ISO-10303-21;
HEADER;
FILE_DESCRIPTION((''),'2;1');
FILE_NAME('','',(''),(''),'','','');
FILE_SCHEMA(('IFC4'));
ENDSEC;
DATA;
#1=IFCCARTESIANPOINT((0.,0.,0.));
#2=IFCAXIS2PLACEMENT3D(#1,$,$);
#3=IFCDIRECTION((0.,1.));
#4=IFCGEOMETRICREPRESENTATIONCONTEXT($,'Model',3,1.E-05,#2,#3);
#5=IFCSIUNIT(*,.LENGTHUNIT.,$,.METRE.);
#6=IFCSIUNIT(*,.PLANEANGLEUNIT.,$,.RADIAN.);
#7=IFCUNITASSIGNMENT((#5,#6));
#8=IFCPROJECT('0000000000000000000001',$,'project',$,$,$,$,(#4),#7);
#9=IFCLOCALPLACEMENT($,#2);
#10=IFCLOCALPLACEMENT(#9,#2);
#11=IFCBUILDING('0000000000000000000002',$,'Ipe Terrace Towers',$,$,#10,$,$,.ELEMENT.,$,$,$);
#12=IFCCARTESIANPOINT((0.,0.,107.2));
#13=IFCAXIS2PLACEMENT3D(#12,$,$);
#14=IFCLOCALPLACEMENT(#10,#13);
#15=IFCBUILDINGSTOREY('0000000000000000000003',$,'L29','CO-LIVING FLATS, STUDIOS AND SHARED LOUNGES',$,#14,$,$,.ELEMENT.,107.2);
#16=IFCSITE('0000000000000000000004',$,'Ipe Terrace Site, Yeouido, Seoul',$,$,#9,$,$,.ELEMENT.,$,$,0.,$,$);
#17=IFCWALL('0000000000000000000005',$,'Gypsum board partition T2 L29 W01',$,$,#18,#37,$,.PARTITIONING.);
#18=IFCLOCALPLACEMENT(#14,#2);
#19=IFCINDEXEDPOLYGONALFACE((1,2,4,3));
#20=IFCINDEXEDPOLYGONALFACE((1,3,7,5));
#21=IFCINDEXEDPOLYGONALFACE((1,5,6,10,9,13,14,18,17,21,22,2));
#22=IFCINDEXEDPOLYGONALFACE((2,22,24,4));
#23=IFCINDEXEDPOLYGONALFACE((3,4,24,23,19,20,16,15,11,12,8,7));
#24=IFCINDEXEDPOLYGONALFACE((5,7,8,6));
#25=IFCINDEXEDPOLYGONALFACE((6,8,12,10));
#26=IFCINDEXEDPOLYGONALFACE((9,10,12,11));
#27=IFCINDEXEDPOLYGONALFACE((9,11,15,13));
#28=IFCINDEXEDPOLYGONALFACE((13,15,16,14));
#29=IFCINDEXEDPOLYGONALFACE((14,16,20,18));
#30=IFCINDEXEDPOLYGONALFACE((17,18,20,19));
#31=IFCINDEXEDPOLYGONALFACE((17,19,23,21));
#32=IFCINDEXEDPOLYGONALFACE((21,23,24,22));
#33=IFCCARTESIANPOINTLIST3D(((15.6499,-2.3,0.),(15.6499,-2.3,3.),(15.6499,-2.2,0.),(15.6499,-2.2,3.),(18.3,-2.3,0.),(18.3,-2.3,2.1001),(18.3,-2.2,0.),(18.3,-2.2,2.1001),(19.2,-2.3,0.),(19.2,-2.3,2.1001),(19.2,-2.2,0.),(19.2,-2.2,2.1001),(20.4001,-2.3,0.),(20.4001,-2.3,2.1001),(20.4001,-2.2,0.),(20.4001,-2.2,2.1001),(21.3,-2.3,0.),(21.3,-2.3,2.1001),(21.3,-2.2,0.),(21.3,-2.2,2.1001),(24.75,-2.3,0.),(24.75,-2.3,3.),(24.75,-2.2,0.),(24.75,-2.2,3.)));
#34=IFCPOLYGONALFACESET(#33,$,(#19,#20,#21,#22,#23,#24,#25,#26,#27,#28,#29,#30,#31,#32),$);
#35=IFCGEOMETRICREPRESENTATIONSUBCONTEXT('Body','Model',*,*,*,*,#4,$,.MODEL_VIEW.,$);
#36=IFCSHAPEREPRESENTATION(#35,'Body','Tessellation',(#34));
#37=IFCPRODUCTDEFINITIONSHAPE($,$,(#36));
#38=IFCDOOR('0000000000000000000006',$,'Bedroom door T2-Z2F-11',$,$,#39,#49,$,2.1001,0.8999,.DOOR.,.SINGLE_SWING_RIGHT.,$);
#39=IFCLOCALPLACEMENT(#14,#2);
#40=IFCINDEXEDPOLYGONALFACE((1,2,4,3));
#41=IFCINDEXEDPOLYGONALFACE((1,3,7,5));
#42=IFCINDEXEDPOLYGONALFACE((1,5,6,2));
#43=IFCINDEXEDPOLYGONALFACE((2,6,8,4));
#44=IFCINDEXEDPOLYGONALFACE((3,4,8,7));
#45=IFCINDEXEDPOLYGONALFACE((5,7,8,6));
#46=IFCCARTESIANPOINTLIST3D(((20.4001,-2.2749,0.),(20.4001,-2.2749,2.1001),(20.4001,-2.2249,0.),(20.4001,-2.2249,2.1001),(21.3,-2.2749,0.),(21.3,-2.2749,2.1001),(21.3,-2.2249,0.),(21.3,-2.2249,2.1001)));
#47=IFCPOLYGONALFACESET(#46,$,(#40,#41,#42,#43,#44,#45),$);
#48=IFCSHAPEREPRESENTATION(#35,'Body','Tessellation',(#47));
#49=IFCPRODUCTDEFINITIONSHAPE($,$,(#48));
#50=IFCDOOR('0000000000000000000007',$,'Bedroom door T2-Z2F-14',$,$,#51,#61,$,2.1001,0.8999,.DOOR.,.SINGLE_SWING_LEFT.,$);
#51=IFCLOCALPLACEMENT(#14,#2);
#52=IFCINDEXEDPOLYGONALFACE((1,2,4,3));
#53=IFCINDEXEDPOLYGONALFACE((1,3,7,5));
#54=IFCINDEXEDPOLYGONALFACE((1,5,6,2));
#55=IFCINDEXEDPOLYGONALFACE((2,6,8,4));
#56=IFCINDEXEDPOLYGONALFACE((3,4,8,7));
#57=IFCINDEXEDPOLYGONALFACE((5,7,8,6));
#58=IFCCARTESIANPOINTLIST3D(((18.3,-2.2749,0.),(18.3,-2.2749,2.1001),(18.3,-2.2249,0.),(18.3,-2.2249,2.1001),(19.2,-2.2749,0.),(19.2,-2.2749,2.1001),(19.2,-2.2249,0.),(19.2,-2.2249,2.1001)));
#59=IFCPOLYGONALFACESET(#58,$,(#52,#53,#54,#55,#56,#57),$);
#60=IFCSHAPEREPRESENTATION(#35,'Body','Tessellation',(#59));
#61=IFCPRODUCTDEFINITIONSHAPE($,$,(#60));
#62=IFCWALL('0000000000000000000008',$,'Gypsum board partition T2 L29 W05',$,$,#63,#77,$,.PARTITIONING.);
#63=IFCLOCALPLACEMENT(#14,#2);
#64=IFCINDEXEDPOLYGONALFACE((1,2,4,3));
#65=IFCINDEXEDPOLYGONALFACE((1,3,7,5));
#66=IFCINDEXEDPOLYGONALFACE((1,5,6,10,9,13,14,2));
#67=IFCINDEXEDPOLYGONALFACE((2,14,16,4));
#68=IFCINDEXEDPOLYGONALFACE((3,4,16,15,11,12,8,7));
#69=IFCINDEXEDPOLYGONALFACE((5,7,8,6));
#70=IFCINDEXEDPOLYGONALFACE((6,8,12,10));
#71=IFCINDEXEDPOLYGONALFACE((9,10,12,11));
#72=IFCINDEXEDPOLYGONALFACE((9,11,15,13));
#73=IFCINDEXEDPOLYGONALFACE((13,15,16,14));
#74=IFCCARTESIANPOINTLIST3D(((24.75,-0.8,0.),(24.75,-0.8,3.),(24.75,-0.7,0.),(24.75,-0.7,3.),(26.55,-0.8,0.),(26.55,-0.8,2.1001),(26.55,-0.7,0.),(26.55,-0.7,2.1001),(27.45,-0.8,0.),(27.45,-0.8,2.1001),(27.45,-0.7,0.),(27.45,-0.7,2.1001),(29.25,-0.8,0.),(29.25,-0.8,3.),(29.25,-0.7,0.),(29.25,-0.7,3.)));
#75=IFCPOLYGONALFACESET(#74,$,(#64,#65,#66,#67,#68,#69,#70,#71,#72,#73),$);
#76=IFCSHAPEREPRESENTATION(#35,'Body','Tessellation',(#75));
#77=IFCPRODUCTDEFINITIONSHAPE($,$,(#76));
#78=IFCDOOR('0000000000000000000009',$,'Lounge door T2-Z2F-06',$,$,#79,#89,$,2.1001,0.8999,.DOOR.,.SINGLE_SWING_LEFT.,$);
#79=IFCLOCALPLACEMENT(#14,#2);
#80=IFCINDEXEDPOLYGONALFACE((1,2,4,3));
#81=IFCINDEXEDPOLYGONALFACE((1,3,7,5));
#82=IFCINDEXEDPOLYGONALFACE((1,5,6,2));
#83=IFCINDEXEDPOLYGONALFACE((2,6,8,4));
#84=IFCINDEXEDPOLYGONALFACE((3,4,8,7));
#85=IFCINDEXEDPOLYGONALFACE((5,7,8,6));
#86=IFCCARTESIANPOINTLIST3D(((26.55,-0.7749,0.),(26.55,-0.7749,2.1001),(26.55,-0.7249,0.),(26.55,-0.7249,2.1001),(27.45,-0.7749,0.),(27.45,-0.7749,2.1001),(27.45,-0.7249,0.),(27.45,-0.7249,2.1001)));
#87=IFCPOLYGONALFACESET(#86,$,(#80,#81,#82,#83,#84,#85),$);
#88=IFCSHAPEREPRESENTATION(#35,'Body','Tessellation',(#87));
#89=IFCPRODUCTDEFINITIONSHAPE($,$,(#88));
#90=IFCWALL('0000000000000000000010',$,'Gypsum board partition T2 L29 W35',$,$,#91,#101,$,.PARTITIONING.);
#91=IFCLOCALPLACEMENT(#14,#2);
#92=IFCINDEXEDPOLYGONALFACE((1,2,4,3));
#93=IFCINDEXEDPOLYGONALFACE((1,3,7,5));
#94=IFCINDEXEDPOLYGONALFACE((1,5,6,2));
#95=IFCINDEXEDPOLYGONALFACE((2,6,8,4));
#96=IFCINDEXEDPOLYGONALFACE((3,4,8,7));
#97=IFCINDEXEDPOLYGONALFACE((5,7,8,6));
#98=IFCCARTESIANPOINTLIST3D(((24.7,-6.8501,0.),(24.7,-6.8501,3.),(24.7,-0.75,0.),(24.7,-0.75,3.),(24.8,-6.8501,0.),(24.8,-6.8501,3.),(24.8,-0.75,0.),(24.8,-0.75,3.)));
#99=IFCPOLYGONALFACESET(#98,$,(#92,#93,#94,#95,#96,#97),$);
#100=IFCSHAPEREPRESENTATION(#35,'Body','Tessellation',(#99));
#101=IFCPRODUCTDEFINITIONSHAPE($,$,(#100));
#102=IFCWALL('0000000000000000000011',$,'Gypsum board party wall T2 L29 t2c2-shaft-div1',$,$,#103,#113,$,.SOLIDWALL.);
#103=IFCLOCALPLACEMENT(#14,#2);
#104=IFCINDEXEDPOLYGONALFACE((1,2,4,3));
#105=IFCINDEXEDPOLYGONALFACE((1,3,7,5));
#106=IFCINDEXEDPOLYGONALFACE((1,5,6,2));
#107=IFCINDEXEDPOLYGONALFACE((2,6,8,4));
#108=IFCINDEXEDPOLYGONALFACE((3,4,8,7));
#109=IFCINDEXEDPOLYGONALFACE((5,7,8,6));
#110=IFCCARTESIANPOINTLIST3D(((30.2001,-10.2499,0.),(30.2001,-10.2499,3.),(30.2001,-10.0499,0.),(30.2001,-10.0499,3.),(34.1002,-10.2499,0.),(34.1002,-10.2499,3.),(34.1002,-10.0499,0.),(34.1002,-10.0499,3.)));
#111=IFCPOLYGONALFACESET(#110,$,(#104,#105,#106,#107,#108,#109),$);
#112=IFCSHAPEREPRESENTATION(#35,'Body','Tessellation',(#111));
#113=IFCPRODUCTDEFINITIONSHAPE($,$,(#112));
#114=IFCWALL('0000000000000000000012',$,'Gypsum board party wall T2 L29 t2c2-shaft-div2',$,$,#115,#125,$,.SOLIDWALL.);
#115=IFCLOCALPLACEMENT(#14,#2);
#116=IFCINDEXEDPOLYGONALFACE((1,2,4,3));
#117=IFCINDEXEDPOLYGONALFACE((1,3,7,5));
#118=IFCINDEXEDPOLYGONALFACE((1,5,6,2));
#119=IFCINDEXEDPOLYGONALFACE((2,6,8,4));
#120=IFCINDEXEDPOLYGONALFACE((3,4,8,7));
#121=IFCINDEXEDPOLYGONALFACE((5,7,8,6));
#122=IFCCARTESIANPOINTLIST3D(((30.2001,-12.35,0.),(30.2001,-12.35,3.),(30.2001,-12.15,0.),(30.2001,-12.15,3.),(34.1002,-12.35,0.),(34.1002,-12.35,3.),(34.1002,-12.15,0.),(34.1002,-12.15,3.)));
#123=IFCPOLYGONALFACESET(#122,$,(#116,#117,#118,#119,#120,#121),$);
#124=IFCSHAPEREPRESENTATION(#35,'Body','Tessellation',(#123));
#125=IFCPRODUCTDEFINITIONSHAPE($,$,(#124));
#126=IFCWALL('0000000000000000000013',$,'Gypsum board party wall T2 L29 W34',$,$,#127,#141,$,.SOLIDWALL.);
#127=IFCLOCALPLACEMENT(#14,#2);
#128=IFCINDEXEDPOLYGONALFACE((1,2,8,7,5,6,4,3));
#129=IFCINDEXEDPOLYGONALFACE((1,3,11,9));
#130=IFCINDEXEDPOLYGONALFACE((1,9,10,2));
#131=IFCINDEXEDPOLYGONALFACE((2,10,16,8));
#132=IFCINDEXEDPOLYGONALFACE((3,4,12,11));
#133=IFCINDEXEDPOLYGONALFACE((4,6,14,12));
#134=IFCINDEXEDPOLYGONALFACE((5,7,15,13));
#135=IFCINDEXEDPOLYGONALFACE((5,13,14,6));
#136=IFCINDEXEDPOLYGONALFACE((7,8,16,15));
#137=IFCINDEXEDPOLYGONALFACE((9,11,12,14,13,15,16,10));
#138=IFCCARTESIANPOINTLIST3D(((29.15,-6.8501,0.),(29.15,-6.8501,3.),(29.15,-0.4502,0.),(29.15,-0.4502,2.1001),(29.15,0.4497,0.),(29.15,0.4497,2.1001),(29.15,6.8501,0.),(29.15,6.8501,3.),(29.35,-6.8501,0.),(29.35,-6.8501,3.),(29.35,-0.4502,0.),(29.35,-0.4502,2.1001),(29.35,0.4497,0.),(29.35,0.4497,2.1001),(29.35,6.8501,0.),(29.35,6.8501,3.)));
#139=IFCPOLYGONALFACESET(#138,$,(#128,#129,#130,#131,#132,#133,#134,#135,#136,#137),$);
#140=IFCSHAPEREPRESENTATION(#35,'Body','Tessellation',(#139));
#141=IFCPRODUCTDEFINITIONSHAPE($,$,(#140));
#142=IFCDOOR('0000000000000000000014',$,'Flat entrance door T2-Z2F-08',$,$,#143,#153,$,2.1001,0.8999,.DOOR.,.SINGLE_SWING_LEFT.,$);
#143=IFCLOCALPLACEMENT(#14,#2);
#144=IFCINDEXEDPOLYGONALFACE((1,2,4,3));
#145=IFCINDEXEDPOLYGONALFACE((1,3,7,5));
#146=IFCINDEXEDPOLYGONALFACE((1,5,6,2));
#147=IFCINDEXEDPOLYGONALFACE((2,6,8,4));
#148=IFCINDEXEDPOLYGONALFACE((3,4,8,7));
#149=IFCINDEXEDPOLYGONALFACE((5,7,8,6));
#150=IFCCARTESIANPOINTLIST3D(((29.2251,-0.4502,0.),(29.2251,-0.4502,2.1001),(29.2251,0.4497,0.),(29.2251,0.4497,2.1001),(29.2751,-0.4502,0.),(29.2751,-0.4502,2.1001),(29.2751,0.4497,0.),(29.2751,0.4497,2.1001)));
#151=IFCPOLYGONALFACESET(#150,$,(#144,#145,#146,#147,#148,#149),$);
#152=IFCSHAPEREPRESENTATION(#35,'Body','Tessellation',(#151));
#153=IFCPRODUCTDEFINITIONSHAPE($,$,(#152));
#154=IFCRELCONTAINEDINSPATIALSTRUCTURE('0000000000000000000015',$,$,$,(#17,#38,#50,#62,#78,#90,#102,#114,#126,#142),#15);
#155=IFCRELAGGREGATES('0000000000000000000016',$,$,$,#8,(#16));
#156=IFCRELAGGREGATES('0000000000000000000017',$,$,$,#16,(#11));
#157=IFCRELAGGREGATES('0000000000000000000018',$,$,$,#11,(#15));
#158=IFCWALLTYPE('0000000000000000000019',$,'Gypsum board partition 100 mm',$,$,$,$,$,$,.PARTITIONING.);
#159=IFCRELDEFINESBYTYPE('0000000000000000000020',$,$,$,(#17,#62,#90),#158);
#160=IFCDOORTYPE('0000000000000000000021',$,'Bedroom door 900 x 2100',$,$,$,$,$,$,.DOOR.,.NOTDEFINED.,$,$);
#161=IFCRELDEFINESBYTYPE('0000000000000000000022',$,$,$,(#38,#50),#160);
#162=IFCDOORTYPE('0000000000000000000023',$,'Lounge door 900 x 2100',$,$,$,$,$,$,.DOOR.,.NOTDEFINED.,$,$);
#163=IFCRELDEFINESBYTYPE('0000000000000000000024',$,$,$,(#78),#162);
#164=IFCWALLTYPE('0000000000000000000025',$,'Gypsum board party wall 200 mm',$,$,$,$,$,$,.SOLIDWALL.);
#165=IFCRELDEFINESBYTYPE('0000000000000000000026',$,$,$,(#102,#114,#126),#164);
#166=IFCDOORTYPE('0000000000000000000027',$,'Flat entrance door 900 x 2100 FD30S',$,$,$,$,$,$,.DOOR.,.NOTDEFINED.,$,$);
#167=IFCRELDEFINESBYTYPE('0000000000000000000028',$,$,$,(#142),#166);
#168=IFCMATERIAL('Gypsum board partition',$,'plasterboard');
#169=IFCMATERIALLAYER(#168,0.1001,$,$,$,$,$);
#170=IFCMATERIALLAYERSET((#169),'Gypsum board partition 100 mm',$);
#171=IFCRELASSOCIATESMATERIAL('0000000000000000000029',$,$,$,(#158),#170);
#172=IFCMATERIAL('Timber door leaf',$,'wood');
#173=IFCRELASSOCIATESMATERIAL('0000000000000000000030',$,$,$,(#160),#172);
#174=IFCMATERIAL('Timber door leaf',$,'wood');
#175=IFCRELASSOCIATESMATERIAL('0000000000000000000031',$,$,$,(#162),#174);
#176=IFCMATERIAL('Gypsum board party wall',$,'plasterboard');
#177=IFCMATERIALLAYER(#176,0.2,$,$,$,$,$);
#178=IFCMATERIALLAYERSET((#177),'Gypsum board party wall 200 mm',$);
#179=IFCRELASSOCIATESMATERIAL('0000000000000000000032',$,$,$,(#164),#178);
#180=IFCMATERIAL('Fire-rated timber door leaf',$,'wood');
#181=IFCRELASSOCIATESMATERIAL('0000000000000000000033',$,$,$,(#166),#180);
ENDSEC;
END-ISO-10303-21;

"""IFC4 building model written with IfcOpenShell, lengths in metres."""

from ifc_helpers import new_model, si_unit, direction, frame, frame_2d, origin, place, context, subcontext, project, spatial, rectangle, extrude, material, layer, layer_set, type_object, element, fill, save


model = new_model("IFC4")

# Units and contexts
model_context = context("Model", 3, precision=1e-05, world=origin(), true_north=direction((0.0, 1.0)))
body_context = subcontext(model_context, "Body", "Model", "MODEL_VIEW")
ifc_project = project(units=[si_unit("LENGTHUNIT", "METRE"), si_unit("PLANEANGLEUNIT", "RADIAN")], contexts=[model_context])

# Site, building, storey
site_placement = place(None, origin())
site = spatial("IfcSite", under=ifc_project, at=site_placement, Name="Ipe Terrace Site, Yeouido, Seoul", CompositionType="ELEMENT", RefElevation=0.0)
building_placement = place(site_placement, origin())
building = spatial("IfcBuilding", under=site, at=building_placement, Name="Ipe Terrace Towers", CompositionType="ELEMENT")
storey_placement = place(building_placement, frame((0.0, 0.0, 107.2)))
storey = spatial("IfcBuildingStorey", under=building, at=storey_placement, Name="L29", Description="CO-LIVING FLATS, STUDIOS AND SHARED LOUNGES", CompositionType="ELEMENT", Elevation=107.2)

# Wall, openings, doors
ifc_material_1 = material(Name="Gypsum board partition", Category="plasterboard")
ifc_layer_1 = layer(ifc_material_1, 0.1001)
ifc_layer_set_1 = layer_set([ifc_layer_1], Name="Gypsum board partition 100 mm")
wall_type_1 = type_object("IfcWallType", Name="Gypsum board partition 100 mm", PredefinedType="PARTITIONING", material=ifc_layer_set_1)
wall_1_placement = place(storey_placement, frame((24.75, -2.25, 0.0), z_axis=(0.0, 0.0, 1.0), x_axis=(-1.0, 0.0, 0.0)))
wall_1 = element("IfcWall", 1, at=wall_1_placement, inside=storey, type_object=wall_type_1, Name="Gypsum board partition T2 L29 W01", PredefinedType="PARTITIONING", context=body_context, shape_type="SweptSolid", body=[
    extrude(rectangle(XDim=9.1001, YDim=0.1001, at=frame_2d((4.55, 0.0))), origin(), (0.0, 0.0, 1.0), 3.0),
])
opening_1_placement = place(wall_1_placement, frame((3.45, 0.0, 0.0)))
opening_1 = element("IfcOpeningElement", 2, at=opening_1_placement, cuts=wall_1, PredefinedType="OPENING", context=body_context, shape_type="SweptSolid", body=[
    extrude(rectangle(XDim=0.8999, YDim=2.1001, at=frame_2d((0.45, 1.05))), frame((0.0, 0.0601, 0.0), z_axis=(0.0, -1.0, 0.0), x_axis=(1.0, 0.0, 0.0)), (0.0, 0.0, 1.0), 0.1201),
])
opening_2_placement = place(wall_1_placement, frame((5.55, 0.0, 0.0)))
opening_2 = element("IfcOpeningElement", 3, at=opening_2_placement, cuts=wall_1, PredefinedType="OPENING", context=body_context, shape_type="SweptSolid", body=[
    extrude(rectangle(XDim=0.8999, YDim=2.1001, at=frame_2d((0.45, 1.05))), frame((0.0, 0.0601, 0.0), z_axis=(0.0, -1.0, 0.0), x_axis=(1.0, 0.0, 0.0)), (0.0, 0.0, 1.0), 0.1201),
])
ifc_material_2 = material(Name="Timber door leaf", Category="wood")
door_type_1 = type_object("IfcDoorType", Name="Bedroom door 900 x 2100", OperationType="NOTDEFINED", PredefinedType="DOOR", material=ifc_material_2)
door_1_placement = place(opening_1_placement, origin())
door_1 = element("IfcDoor", 4, at=door_1_placement, inside=storey, type_object=door_type_1, Name="Bedroom door T2-Z2F-11", OperationType="SINGLE_SWING_RIGHT", OverallHeight=2.1001, OverallWidth=0.8999, PredefinedType="DOOR", context=body_context, shape_type="SweptSolid", body=[
    extrude(rectangle(XDim=0.8999, YDim=2.1001, at=frame_2d((0.45, 1.05))), frame((0.0, 0.0249, 0.0), z_axis=(0.0, -1.0, 0.0), x_axis=(1.0, 0.0, 0.0)), (0.0, 0.0, 1.0), 0.05),
])
fill(opening_1, door_1)
door_2_placement = place(opening_2_placement, origin())
door_2 = element("IfcDoor", 5, at=door_2_placement, inside=storey, type_object=door_type_1, Name="Bedroom door T2-Z2F-14", OperationType="SINGLE_SWING_LEFT", OverallHeight=2.1001, OverallWidth=0.8999, PredefinedType="DOOR", context=body_context, shape_type="SweptSolid", body=[
    extrude(rectangle(XDim=0.8999, YDim=2.1001, at=frame_2d((0.45, 1.05))), frame((0.0, 0.0249, 0.0), z_axis=(0.0, -1.0, 0.0), x_axis=(1.0, 0.0, 0.0)), (0.0, 0.0, 1.0), 0.05),
])
fill(opening_2, door_2)

# Wall, opening, door
wall_2_placement = place(storey_placement, frame((29.25, -0.75, 0.0), z_axis=(0.0, 0.0, 1.0), x_axis=(-1.0, 0.0, 0.0)))
wall_2 = element("IfcWall", 6, at=wall_2_placement, inside=storey, type_object=wall_type_1, Name="Gypsum board partition T2 L29 W05", PredefinedType="PARTITIONING", context=body_context, shape_type="SweptSolid", body=[
    extrude(rectangle(XDim=4.5, YDim=0.1001, at=frame_2d((2.25, 0.0))), origin(), (0.0, 0.0, 1.0), 3.0),
])
opening_3_placement = place(wall_2_placement, frame((1.8, 0.0, 0.0)))
opening_3 = element("IfcOpeningElement", 7, at=opening_3_placement, cuts=wall_2, PredefinedType="OPENING", context=body_context, shape_type="SweptSolid", body=[
    extrude(rectangle(XDim=0.8999, YDim=2.1001, at=frame_2d((0.45, 1.05))), frame((0.0, 0.0601, 0.0), z_axis=(0.0, -1.0, 0.0), x_axis=(1.0, 0.0, 0.0)), (0.0, 0.0, 1.0), 0.1201),
])
ifc_material_3 = material(Name="Timber door leaf", Category="wood")
door_type_2 = type_object("IfcDoorType", Name="Lounge door 900 x 2100", OperationType="NOTDEFINED", PredefinedType="DOOR", material=ifc_material_3)
door_3_placement = place(opening_3_placement, origin())
door_3 = element("IfcDoor", 8, at=door_3_placement, inside=storey, type_object=door_type_2, Name="Lounge door T2-Z2F-06", OperationType="SINGLE_SWING_LEFT", OverallHeight=2.1001, OverallWidth=0.8999, PredefinedType="DOOR", context=body_context, shape_type="SweptSolid", body=[
    extrude(rectangle(XDim=0.8999, YDim=2.1001, at=frame_2d((0.45, 1.05))), frame((0.0, 0.0249, 0.0), z_axis=(0.0, -1.0, 0.0), x_axis=(1.0, 0.0, 0.0)), (0.0, 0.0, 1.0), 0.05),
])
fill(opening_3, door_3)

# Walls
wall_3_placement = place(storey_placement, frame((24.75, -6.8501, 0.0), z_axis=(0.0, 0.0, 1.0), x_axis=(0.0, 1.0, 0.0)))
element("IfcWall", 9, at=wall_3_placement, inside=storey, type_object=wall_type_1, Name="Gypsum board partition T2 L29 W35", PredefinedType="PARTITIONING", context=body_context, shape_type="SweptSolid", body=[
    extrude(rectangle(XDim=6.1001, YDim=0.1001, at=frame_2d((3.05, 0.0))), origin(), (0.0, 0.0, 1.0), 3.0),
])
ifc_material_4 = material(Name="Gypsum board party wall", Category="plasterboard")
ifc_layer_2 = layer(ifc_material_4, 0.2)
ifc_layer_set_2 = layer_set([ifc_layer_2], Name="Gypsum board party wall 200 mm")
wall_type_2 = type_object("IfcWallType", Name="Gypsum board party wall 200 mm", PredefinedType="SOLIDWALL", material=ifc_layer_set_2)
for number, where, z_axis, x_axis, name in (
    (10, (30.2, -10.1499, 0.0), (0.0, 0.0, 1.0), (1.0, 0.0, 0.0), "Gypsum board party wall T2 L29 t2c2-shaft-div1"),
    (11, (30.2, -12.25, 0.0), (0.0, 0.0, 1.0), (1.0, 0.0, 0.0), "Gypsum board party wall T2 L29 t2c2-shaft-div2"),
):
    element("IfcWall", number, at=place(storey_placement, frame(where, z_axis=z_axis, x_axis=x_axis)), inside=storey, type_object=wall_type_2, Name=name, PredefinedType="SOLIDWALL", context=body_context, shape_type="SweptSolid", body=[
        extrude(rectangle(XDim=3.9001, YDim=0.2, at=frame_2d((1.9502, 0.0))), origin(), (0.0, 0.0, 1.0), 3.0),
    ])

# Wall, opening, door
wall_4_placement = place(storey_placement, frame((29.25, -6.8501, 0.0), z_axis=(0.0, 0.0, 1.0), x_axis=(0.0, 1.0, 0.0)))
wall_4 = element("IfcWall", 12, at=wall_4_placement, inside=storey, type_object=wall_type_2, Name="Gypsum board party wall T2 L29 W34", PredefinedType="SOLIDWALL", context=body_context, shape_type="SweptSolid", body=[
    extrude(rectangle(XDim=13.7002, YDim=0.2, at=frame_2d((6.8501, 0.0))), origin(), (0.0, 0.0, 1.0), 3.0),
])
opening_4_placement = place(wall_4_placement, frame((6.3999, 0.0, 0.0)))
opening_4 = element("IfcOpeningElement", 13, at=opening_4_placement, cuts=wall_4, PredefinedType="OPENING", context=body_context, shape_type="SweptSolid", body=[
    extrude(rectangle(XDim=0.8999, YDim=2.1001, at=frame_2d((0.45, 1.05))), frame((0.0, 0.1099, 0.0), z_axis=(0.0, -1.0, 0.0), x_axis=(1.0, 0.0, 0.0)), (0.0, 0.0, 1.0), 0.22),
])
ifc_material_5 = material(Name="Fire-rated timber door leaf", Category="wood")
door_type_3 = type_object("IfcDoorType", Name="Flat entrance door 900 x 2100 FD30S", OperationType="NOTDEFINED", PredefinedType="DOOR", material=ifc_material_5)
door_4_placement = place(opening_4_placement, origin())
door_4 = element("IfcDoor", 14, at=door_4_placement, inside=storey, type_object=door_type_3, Name="Flat entrance door T2-Z2F-08", OperationType="SINGLE_SWING_LEFT", OverallHeight=2.1001, OverallWidth=0.8999, PredefinedType="DOOR", context=body_context, shape_type="SweptSolid", body=[
    extrude(rectangle(XDim=0.8999, YDim=2.1001, at=frame_2d((0.45, 1.05))), frame((0.0, 0.0249, 0.0), z_axis=(0.0, -1.0, 0.0), x_axis=(1.0, 0.0, 0.0)), (0.0, 0.0, 1.0), 0.05),
])
fill(opening_4, door_4)

save(model, "model.ifc")
